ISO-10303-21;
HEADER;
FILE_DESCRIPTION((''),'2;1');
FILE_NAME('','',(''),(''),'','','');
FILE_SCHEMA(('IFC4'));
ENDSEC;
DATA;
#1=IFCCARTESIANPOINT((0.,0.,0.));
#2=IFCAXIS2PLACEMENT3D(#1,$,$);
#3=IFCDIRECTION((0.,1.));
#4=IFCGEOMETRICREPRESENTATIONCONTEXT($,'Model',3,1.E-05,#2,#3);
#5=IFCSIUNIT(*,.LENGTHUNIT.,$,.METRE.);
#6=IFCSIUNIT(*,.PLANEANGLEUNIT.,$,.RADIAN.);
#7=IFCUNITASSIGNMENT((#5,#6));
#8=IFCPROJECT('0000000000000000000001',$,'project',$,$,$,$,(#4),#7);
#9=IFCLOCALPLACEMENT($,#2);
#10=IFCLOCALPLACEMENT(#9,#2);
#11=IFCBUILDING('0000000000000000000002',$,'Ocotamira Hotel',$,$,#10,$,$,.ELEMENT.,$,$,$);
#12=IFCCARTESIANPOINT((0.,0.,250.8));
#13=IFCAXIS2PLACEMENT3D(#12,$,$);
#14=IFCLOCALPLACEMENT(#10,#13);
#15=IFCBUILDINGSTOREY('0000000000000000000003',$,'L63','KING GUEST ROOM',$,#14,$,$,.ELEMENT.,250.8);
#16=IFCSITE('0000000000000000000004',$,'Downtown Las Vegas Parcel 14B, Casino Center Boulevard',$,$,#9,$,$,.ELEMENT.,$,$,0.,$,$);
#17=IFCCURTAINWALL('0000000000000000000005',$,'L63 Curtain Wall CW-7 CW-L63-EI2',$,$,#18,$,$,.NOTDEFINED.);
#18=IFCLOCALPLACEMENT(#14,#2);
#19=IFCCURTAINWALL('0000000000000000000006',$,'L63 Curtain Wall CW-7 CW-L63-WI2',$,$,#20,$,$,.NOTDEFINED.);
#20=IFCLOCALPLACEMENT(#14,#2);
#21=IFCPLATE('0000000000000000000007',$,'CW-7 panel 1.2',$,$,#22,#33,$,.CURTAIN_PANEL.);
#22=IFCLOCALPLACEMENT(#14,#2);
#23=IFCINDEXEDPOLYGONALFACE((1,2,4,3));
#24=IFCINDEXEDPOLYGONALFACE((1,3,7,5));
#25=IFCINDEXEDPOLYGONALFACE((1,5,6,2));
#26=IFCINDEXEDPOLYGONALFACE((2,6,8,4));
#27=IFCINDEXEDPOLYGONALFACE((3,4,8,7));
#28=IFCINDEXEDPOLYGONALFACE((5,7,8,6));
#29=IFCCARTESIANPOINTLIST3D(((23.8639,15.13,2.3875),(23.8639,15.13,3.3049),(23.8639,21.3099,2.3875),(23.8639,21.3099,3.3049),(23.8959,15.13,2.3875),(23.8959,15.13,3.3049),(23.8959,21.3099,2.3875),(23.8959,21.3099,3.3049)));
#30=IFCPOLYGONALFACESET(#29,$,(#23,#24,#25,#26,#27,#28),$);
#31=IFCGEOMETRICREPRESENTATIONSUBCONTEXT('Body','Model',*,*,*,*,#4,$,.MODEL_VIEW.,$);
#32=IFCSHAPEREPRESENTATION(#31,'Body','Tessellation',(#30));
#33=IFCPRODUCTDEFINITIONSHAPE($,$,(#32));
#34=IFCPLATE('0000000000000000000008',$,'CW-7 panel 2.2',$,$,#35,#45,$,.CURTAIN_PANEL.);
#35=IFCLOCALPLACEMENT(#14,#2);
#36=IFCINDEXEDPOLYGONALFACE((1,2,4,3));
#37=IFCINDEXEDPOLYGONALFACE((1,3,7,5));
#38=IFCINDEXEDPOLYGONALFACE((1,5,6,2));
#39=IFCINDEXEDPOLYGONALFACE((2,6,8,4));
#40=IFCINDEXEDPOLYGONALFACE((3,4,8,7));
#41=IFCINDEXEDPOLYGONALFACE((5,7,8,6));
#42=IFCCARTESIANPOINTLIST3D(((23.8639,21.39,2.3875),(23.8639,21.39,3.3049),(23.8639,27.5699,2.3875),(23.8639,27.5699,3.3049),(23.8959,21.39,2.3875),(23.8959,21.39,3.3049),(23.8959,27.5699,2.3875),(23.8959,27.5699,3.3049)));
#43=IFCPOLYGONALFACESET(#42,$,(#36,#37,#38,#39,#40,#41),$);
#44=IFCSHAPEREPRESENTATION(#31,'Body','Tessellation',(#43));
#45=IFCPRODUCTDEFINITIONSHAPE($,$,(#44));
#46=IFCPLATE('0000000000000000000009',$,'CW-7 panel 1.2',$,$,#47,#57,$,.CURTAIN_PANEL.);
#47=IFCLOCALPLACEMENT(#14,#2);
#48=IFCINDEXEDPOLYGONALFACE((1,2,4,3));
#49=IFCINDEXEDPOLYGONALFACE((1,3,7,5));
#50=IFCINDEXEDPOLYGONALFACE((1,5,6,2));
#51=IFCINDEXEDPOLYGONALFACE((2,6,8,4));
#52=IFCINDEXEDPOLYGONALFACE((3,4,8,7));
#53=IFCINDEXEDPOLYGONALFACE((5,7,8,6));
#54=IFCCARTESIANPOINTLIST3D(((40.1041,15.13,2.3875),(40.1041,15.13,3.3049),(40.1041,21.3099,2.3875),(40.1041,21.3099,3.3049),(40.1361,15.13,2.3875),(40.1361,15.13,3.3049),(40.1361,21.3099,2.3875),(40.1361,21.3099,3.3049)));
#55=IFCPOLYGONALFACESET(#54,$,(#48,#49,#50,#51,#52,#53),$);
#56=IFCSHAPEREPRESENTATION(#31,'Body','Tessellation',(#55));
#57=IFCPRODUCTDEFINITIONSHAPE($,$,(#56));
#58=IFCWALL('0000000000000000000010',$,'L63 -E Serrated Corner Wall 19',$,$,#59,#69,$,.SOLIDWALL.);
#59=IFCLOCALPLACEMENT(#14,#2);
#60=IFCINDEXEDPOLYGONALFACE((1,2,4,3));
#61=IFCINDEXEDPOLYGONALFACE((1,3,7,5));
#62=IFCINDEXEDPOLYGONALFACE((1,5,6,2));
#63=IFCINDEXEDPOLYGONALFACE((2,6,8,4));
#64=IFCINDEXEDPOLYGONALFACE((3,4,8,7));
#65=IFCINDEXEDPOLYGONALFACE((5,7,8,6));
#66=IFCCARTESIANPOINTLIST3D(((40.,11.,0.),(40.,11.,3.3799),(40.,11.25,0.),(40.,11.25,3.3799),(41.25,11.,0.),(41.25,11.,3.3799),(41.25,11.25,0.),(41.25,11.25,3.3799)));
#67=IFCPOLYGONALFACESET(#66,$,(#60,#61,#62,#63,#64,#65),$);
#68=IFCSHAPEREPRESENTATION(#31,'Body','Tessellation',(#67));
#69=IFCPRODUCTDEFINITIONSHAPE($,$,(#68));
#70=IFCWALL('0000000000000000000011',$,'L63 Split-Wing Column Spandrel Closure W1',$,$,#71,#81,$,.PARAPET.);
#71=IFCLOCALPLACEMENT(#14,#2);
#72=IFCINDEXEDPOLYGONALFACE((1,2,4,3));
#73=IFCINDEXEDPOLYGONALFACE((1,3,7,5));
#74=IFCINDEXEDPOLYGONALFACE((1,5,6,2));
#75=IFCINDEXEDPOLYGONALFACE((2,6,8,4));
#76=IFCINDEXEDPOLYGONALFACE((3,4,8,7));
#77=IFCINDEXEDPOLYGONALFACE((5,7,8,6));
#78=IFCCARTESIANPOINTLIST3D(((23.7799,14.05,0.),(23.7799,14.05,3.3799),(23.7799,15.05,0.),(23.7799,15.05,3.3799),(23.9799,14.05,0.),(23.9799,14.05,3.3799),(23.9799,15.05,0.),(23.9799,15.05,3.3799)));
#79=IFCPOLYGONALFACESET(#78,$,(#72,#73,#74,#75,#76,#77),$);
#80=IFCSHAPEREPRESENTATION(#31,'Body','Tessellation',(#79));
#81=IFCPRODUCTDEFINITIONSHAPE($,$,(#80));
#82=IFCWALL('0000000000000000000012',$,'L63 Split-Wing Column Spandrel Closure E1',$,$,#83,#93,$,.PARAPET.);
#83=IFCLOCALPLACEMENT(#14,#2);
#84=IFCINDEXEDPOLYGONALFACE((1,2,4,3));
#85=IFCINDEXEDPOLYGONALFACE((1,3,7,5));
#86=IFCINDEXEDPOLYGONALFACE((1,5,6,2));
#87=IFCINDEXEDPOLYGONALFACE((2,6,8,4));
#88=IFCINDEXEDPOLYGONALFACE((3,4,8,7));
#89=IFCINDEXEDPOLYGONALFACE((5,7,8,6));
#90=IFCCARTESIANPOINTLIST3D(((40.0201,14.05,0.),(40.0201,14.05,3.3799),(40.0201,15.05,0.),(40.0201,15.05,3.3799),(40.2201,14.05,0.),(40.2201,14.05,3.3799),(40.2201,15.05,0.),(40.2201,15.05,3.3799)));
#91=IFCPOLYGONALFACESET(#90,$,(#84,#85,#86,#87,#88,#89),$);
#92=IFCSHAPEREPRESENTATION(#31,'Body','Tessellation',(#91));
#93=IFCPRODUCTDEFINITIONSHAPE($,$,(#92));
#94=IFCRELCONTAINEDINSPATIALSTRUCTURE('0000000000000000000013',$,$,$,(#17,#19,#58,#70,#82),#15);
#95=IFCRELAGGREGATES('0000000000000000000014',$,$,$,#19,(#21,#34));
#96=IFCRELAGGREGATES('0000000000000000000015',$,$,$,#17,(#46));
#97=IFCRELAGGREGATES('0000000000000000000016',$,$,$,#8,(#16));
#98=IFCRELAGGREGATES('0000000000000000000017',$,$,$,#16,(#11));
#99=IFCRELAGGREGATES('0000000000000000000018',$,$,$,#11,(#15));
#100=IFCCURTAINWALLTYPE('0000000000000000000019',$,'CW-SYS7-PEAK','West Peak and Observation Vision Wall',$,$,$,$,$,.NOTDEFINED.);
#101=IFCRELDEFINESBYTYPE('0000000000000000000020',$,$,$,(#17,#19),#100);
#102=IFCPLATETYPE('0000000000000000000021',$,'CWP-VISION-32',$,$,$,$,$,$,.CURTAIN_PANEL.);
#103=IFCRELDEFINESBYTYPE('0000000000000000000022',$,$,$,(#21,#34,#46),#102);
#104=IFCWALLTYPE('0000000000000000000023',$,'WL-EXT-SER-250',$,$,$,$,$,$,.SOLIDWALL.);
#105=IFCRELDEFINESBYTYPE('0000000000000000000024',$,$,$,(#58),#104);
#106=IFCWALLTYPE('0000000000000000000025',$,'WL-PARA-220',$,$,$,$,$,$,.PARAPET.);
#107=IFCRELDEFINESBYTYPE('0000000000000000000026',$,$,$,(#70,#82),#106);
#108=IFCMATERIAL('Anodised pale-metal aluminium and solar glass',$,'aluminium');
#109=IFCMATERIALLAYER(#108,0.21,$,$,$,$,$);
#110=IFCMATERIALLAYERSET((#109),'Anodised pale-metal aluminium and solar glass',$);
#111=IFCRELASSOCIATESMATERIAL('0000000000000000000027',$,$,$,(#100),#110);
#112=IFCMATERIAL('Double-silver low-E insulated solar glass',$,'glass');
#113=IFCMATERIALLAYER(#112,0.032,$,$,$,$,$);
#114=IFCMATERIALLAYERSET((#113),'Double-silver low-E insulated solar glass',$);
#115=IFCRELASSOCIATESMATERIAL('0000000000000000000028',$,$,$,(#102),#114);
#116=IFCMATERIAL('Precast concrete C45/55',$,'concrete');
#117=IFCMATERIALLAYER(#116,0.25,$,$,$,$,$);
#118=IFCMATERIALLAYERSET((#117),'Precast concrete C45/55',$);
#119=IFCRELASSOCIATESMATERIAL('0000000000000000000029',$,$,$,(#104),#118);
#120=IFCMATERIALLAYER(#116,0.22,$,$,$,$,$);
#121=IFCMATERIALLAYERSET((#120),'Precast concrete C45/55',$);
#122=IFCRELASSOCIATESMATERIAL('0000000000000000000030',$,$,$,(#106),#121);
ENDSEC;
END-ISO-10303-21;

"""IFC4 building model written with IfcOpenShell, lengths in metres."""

from ifc_helpers import new_model, si_unit, direction, frame, frame_2d, origin, origin_2d, place, context, subcontext, project, spatial, rectangle, extrude, source, transform, mapped, material, layer, layer_set, type_object, element, aggregate, save


model = new_model("IFC4")

# Units and contexts
model_context = context("Model", 3, precision=1e-05, world=origin(), true_north=direction((0.0, 1.0)))
body_context = subcontext(model_context, "Body", "Model", "MODEL_VIEW")
ifc_project = project(units=[si_unit("LENGTHUNIT", "METRE"), si_unit("PLANEANGLEUNIT", "RADIAN")], contexts=[model_context])

# Site, building, storey
site_placement = place(None, origin())
site = spatial("IfcSite", under=ifc_project, at=site_placement, Name="Downtown Las Vegas Parcel 14B, Casino Center Boulevard", CompositionType="ELEMENT", RefElevation=0.0)
building_placement = place(site_placement, origin())
building = spatial("IfcBuilding", under=site, at=building_placement, Name="Ocotamira Hotel", CompositionType="ELEMENT")
storey_placement = place(building_placement, frame((0.0, 0.0, 250.8)))
storey = spatial("IfcBuildingStorey", under=building, at=storey_placement, Name="L63", Description="KING GUEST ROOM", CompositionType="ELEMENT", Elevation=250.8)

# Curtain wall
ifc_material_1 = material(Name="Anodised pale-metal aluminium and solar glass", Category="aluminium")
ifc_layer_1 = layer(ifc_material_1, 0.21)
ifc_layer_set_1 = layer_set([ifc_layer_1], Name="Anodised pale-metal aluminium and solar glass")
curtain_wall_type = type_object("IfcCurtainWallType", Name="CW-SYS7-PEAK", Description="West Peak and Observation Vision Wall", PredefinedType="NOTDEFINED", material=ifc_layer_set_1)
curtain_wall_1_placement = place(storey_placement, origin())
curtain_wall_1 = element("IfcCurtainWall", 1, at=curtain_wall_1_placement, inside=storey, type_object=curtain_wall_type, Name="L63 Curtain Wall CW-7 CW-L63-EI2", PredefinedType="NOTDEFINED")

# Curtain wall
curtain_wall_2_placement = place(storey_placement, origin())
curtain_wall_2 = element("IfcCurtainWall", 2, at=curtain_wall_2_placement, inside=storey, type_object=curtain_wall_type, Name="L63 Curtain Wall CW-7 CW-L63-WI2", PredefinedType="NOTDEFINED")

# Plates
ifc_material_2 = material(Name="Double-silver low-E insulated solar glass", Category="glass")
ifc_layer_2 = layer(ifc_material_2, 0.032)
ifc_layer_set_2 = layer_set([ifc_layer_2], Name="Double-silver low-E insulated solar glass")
plate_type = type_object("IfcPlateType", Name="CWP-VISION-32", PredefinedType="CURTAIN_PANEL", material=ifc_layer_set_2)
shared_shape_1 = source(origin(), body_context, "Body", "SweptSolid", [
    extrude(rectangle(XDim=6.1799, YDim=0.032, at=origin_2d()), origin(), (0.0, 0.0, 1.0), 0.9175),
])
plate_1_placement = place(storey_placement, frame((23.8799, 18.22, 2.3875), z_axis=(0.0, 0.0, 1.0), x_axis=(0.0, 1.0, 0.0)))
plate_1 = element("IfcPlate", 3, at=plate_1_placement, type_object=plate_type, Name="CW-7 panel 1.2", PredefinedType="CURTAIN_PANEL", context=body_context, shape_type="MappedRepresentation", body=[
    mapped(shared_shape_1, transform((0.0, 0.0, 0.0), scale=1.0)),
])
plate_2_placement = place(storey_placement, frame((23.8799, 24.48, 2.3875), z_axis=(0.0, 0.0, 1.0), x_axis=(0.0, 1.0, 0.0)))
plate_2 = element("IfcPlate", 4, at=plate_2_placement, type_object=plate_type, Name="CW-7 panel 2.2", PredefinedType="CURTAIN_PANEL", context=body_context, shape_type="MappedRepresentation", body=[
    mapped(shared_shape_1, transform((0.0, 0.0, 0.0), scale=1.0)),
])
aggregate(curtain_wall_2, [plate_1, plate_2])
plate_3_placement = place(storey_placement, frame((40.1201, 18.22, 2.3875), z_axis=(0.0, 0.0, 1.0), x_axis=(0.0, 1.0, 0.0)))
plate_3 = element("IfcPlate", 5, at=plate_3_placement, type_object=plate_type, Name="CW-7 panel 1.2", PredefinedType="CURTAIN_PANEL", context=body_context, shape_type="MappedRepresentation", body=[
    mapped(shared_shape_1, transform((0.0, 0.0, 0.0), scale=1.0)),
])
aggregate(curtain_wall_1, [plate_3])

# Walls
ifc_material_3 = material(Name="Precast concrete C45/55", Category="concrete")
ifc_layer_3 = layer(ifc_material_3, 0.25)
ifc_layer_set_3 = layer_set([ifc_layer_3], Name="Precast concrete C45/55")
wall_type_1 = type_object("IfcWallType", Name="WL-EXT-SER-250", PredefinedType="SOLIDWALL", material=ifc_layer_set_3)
wall_placement = place(storey_placement, frame((40.0, 11.125, 0.0), z_axis=(0.0, 0.0, 1.0), x_axis=(1.0, 0.0, 0.0)))
element("IfcWall", 6, at=wall_placement, inside=storey, type_object=wall_type_1, Name="L63 -E Serrated Corner Wall 19", PredefinedType="SOLIDWALL", context=body_context, shape_type="SweptSolid", body=[
    extrude(rectangle(XDim=1.25, YDim=0.25, at=frame_2d((0.625, 0.0))), origin(), (0.0, 0.0, 1.0), 3.3799),
])
ifc_layer_4 = layer(ifc_material_3, 0.22)
ifc_layer_set_4 = layer_set([ifc_layer_4], Name="Precast concrete C45/55")
wall_type_2 = type_object("IfcWallType", Name="WL-PARA-220", PredefinedType="PARAPET", material=ifc_layer_set_4)
for number, where, z_axis, x_axis, name in (
    (7, (23.8799, 14.05, 0.0), (0.0, 0.0, 1.0), (0.0, 1.0, 0.0), "L63 Split-Wing Column Spandrel Closure W1"),
    (8, (40.1201, 14.05, 0.0), (0.0, 0.0, 1.0), (0.0, 1.0, 0.0), "L63 Split-Wing Column Spandrel Closure E1"),
):
    element("IfcWall", number, at=place(storey_placement, frame(where, z_axis=z_axis, x_axis=x_axis)), inside=storey, type_object=wall_type_2, Name=name, PredefinedType="PARAPET", context=body_context, shape_type="SweptSolid", body=[
        extrude(rectangle(XDim=1.0, YDim=0.2, at=frame_2d((0.5, 0.0))), origin(), (0.0, 0.0, 1.0), 3.3799),
    ])

save(model, "model.ifc")
